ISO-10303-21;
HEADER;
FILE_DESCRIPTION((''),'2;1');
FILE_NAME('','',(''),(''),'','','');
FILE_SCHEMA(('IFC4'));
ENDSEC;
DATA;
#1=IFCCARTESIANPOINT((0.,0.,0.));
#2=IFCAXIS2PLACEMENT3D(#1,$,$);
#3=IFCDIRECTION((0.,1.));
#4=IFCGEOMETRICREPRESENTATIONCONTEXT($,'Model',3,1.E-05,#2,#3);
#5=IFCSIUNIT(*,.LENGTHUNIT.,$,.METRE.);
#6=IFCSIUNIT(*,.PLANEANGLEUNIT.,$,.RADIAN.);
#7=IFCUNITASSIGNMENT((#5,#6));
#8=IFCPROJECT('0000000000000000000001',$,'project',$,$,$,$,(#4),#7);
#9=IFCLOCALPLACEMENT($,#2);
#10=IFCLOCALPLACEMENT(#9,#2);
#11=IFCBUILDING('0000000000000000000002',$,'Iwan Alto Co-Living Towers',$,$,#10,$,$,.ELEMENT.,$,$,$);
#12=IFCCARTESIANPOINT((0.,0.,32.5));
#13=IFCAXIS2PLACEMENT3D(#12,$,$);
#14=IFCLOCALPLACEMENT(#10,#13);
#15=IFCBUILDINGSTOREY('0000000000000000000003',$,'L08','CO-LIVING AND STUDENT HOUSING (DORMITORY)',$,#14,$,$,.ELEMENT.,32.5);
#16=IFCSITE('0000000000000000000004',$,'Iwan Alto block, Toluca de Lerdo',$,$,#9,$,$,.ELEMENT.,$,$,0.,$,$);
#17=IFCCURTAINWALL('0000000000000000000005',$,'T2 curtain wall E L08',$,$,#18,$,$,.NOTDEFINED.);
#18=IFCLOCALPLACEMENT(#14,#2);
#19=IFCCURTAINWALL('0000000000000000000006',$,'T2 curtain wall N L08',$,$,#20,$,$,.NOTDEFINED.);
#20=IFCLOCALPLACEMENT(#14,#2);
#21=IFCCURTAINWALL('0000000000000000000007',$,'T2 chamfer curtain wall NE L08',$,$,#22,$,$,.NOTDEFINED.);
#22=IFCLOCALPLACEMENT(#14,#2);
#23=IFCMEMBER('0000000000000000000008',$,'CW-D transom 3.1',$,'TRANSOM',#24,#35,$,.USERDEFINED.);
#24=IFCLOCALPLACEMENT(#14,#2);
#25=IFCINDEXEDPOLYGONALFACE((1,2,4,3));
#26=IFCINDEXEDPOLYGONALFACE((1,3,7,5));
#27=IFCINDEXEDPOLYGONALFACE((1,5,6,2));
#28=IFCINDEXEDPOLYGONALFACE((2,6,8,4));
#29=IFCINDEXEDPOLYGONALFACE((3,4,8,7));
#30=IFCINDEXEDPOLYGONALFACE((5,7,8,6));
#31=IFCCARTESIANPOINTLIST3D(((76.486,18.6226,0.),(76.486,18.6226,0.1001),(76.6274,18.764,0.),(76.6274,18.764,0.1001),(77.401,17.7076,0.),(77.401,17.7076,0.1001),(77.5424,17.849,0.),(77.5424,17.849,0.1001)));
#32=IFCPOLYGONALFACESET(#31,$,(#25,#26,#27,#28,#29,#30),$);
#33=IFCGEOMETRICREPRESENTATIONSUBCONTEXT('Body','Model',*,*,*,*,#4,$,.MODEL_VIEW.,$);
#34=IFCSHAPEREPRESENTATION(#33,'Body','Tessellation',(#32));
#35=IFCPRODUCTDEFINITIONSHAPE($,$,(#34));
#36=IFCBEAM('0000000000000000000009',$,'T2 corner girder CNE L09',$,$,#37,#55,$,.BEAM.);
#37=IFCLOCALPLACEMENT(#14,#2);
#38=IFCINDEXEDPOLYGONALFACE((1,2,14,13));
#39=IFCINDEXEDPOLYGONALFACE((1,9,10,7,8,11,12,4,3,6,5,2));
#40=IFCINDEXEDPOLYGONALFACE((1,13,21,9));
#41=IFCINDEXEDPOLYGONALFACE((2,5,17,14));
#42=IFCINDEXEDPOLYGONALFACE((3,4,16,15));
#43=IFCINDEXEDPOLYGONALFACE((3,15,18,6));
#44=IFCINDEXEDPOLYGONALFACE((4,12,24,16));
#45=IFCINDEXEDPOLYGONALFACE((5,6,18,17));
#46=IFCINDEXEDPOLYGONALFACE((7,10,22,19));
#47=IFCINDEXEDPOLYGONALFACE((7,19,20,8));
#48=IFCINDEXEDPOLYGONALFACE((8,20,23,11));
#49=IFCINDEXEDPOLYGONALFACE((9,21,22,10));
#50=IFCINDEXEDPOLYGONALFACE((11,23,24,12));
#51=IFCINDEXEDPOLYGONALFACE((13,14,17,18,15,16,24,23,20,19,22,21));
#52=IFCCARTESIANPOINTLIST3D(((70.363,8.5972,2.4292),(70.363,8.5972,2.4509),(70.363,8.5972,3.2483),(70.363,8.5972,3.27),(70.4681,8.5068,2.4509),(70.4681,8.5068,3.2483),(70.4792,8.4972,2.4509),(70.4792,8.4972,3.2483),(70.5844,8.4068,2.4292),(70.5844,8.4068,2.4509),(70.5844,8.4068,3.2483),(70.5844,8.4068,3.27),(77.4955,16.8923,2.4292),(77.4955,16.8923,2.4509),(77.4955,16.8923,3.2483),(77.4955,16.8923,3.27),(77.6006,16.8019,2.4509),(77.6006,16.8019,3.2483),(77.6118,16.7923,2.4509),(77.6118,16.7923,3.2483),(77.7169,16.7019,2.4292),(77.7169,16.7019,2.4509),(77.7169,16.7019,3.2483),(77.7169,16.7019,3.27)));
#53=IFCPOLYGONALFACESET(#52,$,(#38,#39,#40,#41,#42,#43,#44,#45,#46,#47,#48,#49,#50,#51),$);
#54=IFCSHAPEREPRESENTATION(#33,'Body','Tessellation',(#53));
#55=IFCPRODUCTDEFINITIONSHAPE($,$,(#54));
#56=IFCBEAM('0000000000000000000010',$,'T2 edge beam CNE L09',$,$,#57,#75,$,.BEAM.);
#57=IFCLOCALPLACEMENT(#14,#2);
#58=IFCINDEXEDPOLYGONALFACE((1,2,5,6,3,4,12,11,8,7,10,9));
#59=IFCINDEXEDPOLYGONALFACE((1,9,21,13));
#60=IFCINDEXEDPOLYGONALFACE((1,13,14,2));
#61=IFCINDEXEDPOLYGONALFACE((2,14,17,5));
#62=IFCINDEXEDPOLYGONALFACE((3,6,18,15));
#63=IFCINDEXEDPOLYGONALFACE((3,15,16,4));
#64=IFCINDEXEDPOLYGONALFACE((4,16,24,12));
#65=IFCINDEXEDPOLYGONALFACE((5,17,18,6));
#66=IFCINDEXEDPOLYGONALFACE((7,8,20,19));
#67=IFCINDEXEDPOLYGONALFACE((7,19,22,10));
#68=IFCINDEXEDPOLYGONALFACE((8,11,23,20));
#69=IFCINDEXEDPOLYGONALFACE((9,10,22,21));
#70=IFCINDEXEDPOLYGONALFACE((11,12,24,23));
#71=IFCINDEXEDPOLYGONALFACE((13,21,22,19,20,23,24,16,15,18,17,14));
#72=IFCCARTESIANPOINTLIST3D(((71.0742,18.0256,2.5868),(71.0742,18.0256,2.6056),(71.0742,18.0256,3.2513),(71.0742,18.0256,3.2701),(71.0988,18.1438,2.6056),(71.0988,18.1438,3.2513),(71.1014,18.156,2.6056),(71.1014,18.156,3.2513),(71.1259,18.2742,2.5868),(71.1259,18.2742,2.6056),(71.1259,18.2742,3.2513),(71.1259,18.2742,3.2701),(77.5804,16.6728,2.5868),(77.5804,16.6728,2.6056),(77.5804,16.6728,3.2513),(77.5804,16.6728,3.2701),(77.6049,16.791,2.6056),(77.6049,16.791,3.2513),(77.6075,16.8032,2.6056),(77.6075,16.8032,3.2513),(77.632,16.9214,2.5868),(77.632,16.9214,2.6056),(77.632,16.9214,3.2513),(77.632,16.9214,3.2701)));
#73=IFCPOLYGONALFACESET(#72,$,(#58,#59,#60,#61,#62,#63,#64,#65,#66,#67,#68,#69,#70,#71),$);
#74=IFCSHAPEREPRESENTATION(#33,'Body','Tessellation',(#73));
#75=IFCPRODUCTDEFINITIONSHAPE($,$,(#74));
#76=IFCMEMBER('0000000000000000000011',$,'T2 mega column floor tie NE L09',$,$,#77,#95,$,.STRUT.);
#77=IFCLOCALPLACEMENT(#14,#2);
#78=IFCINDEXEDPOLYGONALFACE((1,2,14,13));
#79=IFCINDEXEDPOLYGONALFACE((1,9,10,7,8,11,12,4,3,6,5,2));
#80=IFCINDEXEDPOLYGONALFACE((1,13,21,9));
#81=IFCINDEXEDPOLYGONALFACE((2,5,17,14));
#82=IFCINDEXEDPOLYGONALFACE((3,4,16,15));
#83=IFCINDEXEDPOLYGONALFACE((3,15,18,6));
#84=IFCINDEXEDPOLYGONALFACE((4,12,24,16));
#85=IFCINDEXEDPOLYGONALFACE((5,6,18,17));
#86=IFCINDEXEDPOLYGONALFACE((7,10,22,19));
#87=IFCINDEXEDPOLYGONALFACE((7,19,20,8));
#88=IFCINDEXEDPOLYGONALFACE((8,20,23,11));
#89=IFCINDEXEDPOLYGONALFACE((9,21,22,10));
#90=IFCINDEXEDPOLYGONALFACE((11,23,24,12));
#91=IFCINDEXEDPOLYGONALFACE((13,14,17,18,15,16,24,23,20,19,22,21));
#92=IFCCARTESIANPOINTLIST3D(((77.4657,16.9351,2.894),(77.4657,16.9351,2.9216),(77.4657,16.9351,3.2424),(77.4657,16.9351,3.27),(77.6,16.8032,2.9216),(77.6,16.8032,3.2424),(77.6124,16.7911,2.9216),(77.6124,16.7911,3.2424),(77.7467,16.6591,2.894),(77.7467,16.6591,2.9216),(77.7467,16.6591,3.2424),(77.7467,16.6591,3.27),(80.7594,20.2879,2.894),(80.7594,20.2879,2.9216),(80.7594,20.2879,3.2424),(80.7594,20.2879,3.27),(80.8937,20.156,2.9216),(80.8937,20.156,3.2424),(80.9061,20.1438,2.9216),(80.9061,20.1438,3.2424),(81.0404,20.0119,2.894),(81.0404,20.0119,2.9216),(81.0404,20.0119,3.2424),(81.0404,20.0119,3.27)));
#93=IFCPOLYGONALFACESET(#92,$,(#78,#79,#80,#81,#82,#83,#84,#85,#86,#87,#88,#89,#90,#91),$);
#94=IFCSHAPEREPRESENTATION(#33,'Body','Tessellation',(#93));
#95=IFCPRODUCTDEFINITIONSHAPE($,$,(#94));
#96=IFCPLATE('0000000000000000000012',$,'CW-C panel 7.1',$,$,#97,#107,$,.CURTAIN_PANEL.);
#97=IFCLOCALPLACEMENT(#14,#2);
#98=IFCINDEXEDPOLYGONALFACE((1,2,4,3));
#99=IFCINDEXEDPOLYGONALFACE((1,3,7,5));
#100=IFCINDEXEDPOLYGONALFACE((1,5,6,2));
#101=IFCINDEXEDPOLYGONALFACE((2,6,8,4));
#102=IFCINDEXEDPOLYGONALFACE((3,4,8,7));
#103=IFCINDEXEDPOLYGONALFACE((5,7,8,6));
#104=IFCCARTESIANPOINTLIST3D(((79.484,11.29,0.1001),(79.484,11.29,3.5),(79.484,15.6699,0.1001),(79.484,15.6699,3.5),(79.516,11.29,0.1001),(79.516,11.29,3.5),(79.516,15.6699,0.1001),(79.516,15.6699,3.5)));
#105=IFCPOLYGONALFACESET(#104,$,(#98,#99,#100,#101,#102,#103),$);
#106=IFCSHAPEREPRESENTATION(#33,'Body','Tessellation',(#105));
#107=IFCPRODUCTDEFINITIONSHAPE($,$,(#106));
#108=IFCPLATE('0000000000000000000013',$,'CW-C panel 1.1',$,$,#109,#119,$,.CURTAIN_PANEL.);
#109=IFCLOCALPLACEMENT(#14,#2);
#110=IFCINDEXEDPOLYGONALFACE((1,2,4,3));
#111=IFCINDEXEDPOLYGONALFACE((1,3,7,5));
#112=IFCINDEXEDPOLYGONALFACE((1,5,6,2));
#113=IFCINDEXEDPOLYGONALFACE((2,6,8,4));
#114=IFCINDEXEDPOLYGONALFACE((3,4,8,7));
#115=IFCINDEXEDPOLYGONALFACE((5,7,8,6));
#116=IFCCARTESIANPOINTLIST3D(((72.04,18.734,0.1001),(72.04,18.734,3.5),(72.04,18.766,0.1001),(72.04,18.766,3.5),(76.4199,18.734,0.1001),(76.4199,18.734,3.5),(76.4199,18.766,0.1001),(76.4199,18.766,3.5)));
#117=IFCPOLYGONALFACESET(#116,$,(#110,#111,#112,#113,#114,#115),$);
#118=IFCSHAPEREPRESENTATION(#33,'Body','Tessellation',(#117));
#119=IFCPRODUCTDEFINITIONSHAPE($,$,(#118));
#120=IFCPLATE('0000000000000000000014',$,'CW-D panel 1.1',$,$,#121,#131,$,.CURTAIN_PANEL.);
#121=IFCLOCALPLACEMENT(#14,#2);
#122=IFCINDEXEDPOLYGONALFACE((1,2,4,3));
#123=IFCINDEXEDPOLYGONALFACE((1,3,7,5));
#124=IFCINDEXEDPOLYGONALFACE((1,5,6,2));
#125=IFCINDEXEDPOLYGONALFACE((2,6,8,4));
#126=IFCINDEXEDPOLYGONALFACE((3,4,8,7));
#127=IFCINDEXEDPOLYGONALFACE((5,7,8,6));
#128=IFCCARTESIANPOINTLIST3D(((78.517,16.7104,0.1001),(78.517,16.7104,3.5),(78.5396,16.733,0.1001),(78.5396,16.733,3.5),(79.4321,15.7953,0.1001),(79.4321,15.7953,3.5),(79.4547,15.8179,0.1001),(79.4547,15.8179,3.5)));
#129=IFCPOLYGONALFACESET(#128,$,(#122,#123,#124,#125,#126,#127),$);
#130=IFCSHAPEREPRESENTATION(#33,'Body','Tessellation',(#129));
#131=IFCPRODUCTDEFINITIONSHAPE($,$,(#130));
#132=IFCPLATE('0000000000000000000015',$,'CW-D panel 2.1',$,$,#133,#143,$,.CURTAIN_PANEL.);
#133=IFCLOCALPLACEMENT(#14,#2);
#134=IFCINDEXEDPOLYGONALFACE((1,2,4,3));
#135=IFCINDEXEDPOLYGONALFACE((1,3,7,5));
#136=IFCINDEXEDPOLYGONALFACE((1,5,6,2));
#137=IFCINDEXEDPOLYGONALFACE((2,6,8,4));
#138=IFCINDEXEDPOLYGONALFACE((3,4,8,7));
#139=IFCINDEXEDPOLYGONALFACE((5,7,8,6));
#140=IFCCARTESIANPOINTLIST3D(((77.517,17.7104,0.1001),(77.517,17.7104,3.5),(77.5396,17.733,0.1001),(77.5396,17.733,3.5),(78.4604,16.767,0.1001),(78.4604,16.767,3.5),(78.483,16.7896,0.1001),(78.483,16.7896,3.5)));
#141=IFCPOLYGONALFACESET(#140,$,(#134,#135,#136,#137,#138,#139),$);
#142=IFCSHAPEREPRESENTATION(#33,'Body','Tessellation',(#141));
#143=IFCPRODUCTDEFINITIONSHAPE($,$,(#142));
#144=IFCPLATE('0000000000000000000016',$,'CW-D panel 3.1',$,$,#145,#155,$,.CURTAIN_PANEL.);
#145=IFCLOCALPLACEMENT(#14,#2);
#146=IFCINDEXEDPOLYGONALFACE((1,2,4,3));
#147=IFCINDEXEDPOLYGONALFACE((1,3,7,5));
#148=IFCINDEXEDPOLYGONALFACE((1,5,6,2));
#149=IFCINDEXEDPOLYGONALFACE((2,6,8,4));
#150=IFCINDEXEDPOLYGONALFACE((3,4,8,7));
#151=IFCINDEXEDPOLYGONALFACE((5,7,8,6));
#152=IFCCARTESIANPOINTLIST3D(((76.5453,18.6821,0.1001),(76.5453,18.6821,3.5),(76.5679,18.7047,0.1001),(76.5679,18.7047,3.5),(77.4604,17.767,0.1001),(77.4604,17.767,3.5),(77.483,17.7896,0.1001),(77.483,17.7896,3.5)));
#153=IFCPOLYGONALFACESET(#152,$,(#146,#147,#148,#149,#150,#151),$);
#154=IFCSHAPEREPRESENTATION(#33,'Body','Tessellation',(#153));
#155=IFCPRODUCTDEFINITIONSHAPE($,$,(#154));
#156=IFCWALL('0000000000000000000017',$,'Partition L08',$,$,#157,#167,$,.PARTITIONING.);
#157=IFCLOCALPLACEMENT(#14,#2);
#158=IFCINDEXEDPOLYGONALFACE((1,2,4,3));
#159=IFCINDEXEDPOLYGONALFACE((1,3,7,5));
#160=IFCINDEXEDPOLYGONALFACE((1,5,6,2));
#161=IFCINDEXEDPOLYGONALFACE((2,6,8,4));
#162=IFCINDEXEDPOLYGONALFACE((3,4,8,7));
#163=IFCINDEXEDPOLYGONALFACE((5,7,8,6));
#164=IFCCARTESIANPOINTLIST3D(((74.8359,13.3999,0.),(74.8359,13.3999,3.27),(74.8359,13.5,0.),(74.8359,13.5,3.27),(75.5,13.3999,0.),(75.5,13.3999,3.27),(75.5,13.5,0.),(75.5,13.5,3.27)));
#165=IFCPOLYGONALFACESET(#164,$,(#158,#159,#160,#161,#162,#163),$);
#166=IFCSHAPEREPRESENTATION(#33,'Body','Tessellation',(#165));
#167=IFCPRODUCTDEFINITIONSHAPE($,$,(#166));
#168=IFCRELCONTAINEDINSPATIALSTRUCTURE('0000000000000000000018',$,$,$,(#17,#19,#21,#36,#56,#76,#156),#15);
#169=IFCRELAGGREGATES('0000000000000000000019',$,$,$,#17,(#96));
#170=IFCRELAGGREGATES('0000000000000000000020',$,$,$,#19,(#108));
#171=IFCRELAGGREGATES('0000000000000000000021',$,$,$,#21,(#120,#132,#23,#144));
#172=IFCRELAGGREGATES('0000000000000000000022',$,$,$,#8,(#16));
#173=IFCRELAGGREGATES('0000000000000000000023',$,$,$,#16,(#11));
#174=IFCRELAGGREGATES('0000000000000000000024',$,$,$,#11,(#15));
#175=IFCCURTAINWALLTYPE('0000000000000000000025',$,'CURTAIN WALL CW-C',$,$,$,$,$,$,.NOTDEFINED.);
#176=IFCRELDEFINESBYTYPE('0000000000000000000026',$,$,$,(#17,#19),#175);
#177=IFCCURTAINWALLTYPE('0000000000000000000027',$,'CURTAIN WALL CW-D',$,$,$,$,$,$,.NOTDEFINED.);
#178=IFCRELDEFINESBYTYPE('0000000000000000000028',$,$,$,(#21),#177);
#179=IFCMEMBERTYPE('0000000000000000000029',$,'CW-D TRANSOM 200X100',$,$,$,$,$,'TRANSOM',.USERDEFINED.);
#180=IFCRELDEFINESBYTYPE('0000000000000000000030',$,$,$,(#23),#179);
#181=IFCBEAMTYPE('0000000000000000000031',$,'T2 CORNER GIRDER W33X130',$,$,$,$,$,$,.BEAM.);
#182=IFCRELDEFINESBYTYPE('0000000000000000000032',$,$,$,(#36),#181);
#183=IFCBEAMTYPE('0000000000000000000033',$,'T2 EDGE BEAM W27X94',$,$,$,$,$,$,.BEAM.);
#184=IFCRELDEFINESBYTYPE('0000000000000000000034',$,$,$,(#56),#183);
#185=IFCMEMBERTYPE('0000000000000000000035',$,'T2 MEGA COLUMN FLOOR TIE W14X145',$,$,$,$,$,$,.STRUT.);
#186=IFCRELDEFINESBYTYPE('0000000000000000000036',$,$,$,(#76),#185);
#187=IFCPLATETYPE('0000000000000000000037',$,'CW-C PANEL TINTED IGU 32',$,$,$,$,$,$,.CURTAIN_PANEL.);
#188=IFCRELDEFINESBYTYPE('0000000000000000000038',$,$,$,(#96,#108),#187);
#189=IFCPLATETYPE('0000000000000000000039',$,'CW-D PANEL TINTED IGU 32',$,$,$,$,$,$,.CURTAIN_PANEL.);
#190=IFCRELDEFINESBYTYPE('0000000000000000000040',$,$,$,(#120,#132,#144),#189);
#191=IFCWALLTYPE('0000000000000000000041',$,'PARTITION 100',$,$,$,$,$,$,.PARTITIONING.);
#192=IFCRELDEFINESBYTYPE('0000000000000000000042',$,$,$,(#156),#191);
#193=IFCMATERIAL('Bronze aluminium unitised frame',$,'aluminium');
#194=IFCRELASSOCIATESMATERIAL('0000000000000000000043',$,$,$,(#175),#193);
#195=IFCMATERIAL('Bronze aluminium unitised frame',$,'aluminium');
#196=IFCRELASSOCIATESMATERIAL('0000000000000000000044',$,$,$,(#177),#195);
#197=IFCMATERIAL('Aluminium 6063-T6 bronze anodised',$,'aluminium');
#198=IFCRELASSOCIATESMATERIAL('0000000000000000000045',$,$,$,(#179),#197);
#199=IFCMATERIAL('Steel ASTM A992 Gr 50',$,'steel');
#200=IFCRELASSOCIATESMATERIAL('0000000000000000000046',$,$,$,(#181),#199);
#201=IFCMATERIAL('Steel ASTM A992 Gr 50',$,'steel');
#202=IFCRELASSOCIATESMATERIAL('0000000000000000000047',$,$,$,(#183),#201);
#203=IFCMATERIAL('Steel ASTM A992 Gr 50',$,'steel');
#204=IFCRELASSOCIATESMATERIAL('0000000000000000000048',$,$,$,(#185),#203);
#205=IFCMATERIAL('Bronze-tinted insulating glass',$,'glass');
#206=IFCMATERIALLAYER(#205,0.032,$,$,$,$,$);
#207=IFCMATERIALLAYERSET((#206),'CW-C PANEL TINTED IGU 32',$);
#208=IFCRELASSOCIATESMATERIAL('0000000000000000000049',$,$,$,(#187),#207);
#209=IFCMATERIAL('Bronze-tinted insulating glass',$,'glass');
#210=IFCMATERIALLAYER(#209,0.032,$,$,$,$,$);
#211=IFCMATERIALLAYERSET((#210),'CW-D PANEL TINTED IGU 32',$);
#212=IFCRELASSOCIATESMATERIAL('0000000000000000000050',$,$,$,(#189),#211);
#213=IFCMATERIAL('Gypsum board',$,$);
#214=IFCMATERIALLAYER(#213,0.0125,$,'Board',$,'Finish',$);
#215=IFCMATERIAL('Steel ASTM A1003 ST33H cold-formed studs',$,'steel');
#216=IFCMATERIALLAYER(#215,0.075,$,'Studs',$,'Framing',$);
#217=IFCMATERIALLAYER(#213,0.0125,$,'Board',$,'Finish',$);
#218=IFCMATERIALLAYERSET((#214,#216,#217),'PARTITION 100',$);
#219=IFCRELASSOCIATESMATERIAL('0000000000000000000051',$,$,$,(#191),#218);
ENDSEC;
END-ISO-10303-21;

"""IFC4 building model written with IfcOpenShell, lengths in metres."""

from ifc_helpers import new_model, si_unit, direction, frame, frame_2d, origin, origin_2d, place, context, subcontext, project, spatial, rectangle, i_section, extrude, material, layer, layer_set, material_profile, profile_set, type_object, element, aggregate, save


model = new_model("IFC4")

# Units and contexts
model_context = context("Model", 3, precision=1e-05, world=origin(), true_north=direction((0.0, 1.0)))
body_context = subcontext(model_context, "Body", "Model", "MODEL_VIEW")
ifc_project = project(units=[si_unit("LENGTHUNIT", "METRE"), si_unit("PLANEANGLEUNIT", "RADIAN")], contexts=[model_context])

# Site, building, storey
site_placement = place(None, origin())
site = spatial("IfcSite", under=ifc_project, at=site_placement, Name="Iwan Alto block, Toluca de Lerdo", CompositionType="ELEMENT", RefElevation=0.0)
building_placement = place(site_placement, origin())
building = spatial("IfcBuilding", under=site, at=building_placement, Name="Iwan Alto Co-Living Towers", CompositionType="ELEMENT")
storey_placement = place(building_placement, frame((0.0, 0.0, 32.5)))
storey = spatial("IfcBuildingStorey", under=building, at=storey_placement, Name="L08", Description="CO-LIVING AND STUDENT HOUSING (DORMITORY)", CompositionType="ELEMENT", Elevation=32.5)

# Curtain wall
ifc_material_1 = material(Name="Bronze aluminium unitised frame", Category="aluminium")
curtain_wall_type_1 = type_object("IfcCurtainWallType", Name="CURTAIN WALL CW-C", PredefinedType="NOTDEFINED", material=ifc_material_1)
curtain_wall_1_placement = place(storey_placement, origin())
curtain_wall_1 = element("IfcCurtainWall", 1, at=curtain_wall_1_placement, inside=storey, type_object=curtain_wall_type_1, Name="T2 curtain wall E L08", PredefinedType="NOTDEFINED")

# Curtain walls, member
curtain_wall_2_placement = place(storey_placement, origin())
curtain_wall_2 = element("IfcCurtainWall", 2, at=curtain_wall_2_placement, inside=storey, type_object=curtain_wall_type_1, Name="T2 curtain wall N L08", PredefinedType="NOTDEFINED")
ifc_material_2 = material(Name="Bronze aluminium unitised frame", Category="aluminium")
curtain_wall_type_2 = type_object("IfcCurtainWallType", Name="CURTAIN WALL CW-D", PredefinedType="NOTDEFINED", material=ifc_material_2)
curtain_wall_3_placement = place(storey_placement, origin())
curtain_wall_3 = element("IfcCurtainWall", 3, at=curtain_wall_3_placement, inside=storey, type_object=curtain_wall_type_2, Name="T2 chamfer curtain wall NE L08", PredefinedType="NOTDEFINED")
ifc_material_3 = material(Name="Aluminium 6063-T6 bronze anodised", Category="aluminium")
ifc_material_profile_1 = material_profile(ifc_material_3, rectangle(XDim=0.2, YDim=0.1001, at=origin_2d()), Name="AL 200X100")
ifc_profile_set_1 = profile_set([ifc_material_profile_1], Name="Aluminium 6063-T6 bronze anodised")
member_type_1 = type_object("IfcMemberType", Name="CW-D TRANSOM 200X100", ElementType="TRANSOM", PredefinedType="USERDEFINED", material=ifc_profile_set_1)
member_1_placement = place(storey_placement, frame((77.4717, 17.7783, 0.05), z_axis=(-0.707107, 0.707107, 0.0), x_axis=(-0.707107, -0.707107, 0.0)))
member_1 = element("IfcMember", 4, at=member_1_placement, type_object=member_type_1, Name="CW-D transom 3.1", ObjectType="TRANSOM", PredefinedType="USERDEFINED", context=body_context, shape_type="SweptSolid", body=[
    extrude(rectangle(XDim=0.2, YDim=0.1001, at=origin_2d()), origin(), (0.0, 0.0, 1.0), 1.2939),
])

# Beams
ifc_material_4 = material(Name="Steel ASTM A992 Gr 50", Category="steel")
ifc_material_profile_2 = material_profile(ifc_material_4, i_section(OverallWidth=0.292, OverallDepth=0.8408, WebThickness=0.0146, FlangeThickness=0.0217, at=origin_2d()), Name="W33X130")
ifc_profile_set_2 = profile_set([ifc_material_profile_2], Name="Steel ASTM A992 Gr 50")
beam_type_1 = type_object("IfcBeamType", Name="T2 CORNER GIRDER W33X130", PredefinedType="BEAM", material=ifc_profile_set_2)
beam_1_placement = place(storey_placement, frame((77.6062, 16.7971, 2.8496), z_axis=(-0.651972, -0.758243, 0.0), x_axis=(0.758243, -0.651972, 0.0)))
element("IfcBeam", 5, at=beam_1_placement, inside=storey, type_object=beam_type_1, Name="T2 corner girder CNE L09", PredefinedType="BEAM", context=body_context, shape_type="SweptSolid", body=[
    extrude(i_section(OverallWidth=0.292, OverallDepth=0.8408, WebThickness=0.0146, FlangeThickness=0.0217, at=origin_2d()), origin(), (0.0, 0.0, 1.0), 10.9399),
])
ifc_material_5 = material(Name="Steel ASTM A992 Gr 50", Category="steel")
ifc_material_profile_3 = material_profile(ifc_material_5, i_section(OverallWidth=0.2539, OverallDepth=0.6833, WebThickness=0.0125, FlangeThickness=0.0188, at=origin_2d()), Name="W27X94")
ifc_profile_set_3 = profile_set([ifc_material_profile_3], Name="Steel ASTM A992 Gr 50")
beam_type_2 = type_object("IfcBeamType", Name="T2 EDGE BEAM W27X94", PredefinedType="BEAM", material=ifc_profile_set_3)
beam_2_placement = place(storey_placement, frame((77.6062, 16.7971, 2.9285), z_axis=(-0.97906, 0.203571, 0.0), x_axis=(-0.203571, -0.97906, 0.0)))
element("IfcBeam", 6, at=beam_2_placement, inside=storey, type_object=beam_type_2, Name="T2 edge beam CNE L09", PredefinedType="BEAM", context=body_context, shape_type="SweptSolid", body=[
    extrude(i_section(OverallWidth=0.2539, OverallDepth=0.6833, WebThickness=0.0125, FlangeThickness=0.0188, at=origin_2d()), origin(), (0.0, 0.0, 1.0), 6.6453),
])

# Member
ifc_material_6 = material(Name="Steel ASTM A992 Gr 50", Category="steel")
ifc_material_profile_4 = material_profile(ifc_material_6, i_section(OverallWidth=0.3938, OverallDepth=0.376, WebThickness=0.0173, FlangeThickness=0.0276, at=origin_2d()), Name="W14X145")
ifc_profile_set_4 = profile_set([ifc_material_profile_4], Name="Steel ASTM A992 Gr 50")
member_type_2 = type_object("IfcMemberType", Name="T2 MEGA COLUMN FLOOR TIE W14X145", PredefinedType="STRUT", material=ifc_profile_set_4)
member_2_placement = place(storey_placement, frame((80.8999, 20.1499, 3.082), z_axis=(-0.700793, -0.713364, 0.0), x_axis=(0.713364, -0.700793, 0.0)))
element("IfcMember", 7, at=member_2_placement, inside=storey, type_object=member_type_2, Name="T2 mega column floor tie NE L09", PredefinedType="STRUT", context=body_context, shape_type="SweptSolid", body=[
    extrude(i_section(OverallWidth=0.3938, OverallDepth=0.376, WebThickness=0.0173, FlangeThickness=0.0276, at=origin_2d()), origin(), (0.0, 0.0, 1.0), 4.7),
])

# Plates
ifc_material_7 = material(Name="Bronze-tinted insulating glass", Category="glass")
ifc_layer_1 = layer(ifc_material_7, 0.032)
ifc_layer_set_1 = layer_set([ifc_layer_1], Name="CW-C PANEL TINTED IGU 32")
plate_type_1 = type_object("IfcPlateType", Name="CW-C PANEL TINTED IGU 32", PredefinedType="CURTAIN_PANEL", material=ifc_layer_set_1)
plate_1_placement = place(storey_placement, frame((79.5, 13.48, 0.1001), z_axis=(0.0, 0.0, 1.0), x_axis=(0.0, 1.0, 0.0)))
plate_1 = element("IfcPlate", 8, at=plate_1_placement, type_object=plate_type_1, Name="CW-C panel 7.1", PredefinedType="CURTAIN_PANEL", context=body_context, shape_type="SweptSolid", body=[
    extrude(rectangle(XDim=4.3799, YDim=0.032, at=origin_2d()), origin(), (0.0, 0.0, 1.0), 3.3999),
])
aggregate(curtain_wall_1, [plate_1])
plate_2_placement = place(storey_placement, frame((74.23, 18.75, 0.1001), z_axis=(0.0, 0.0, 1.0), x_axis=(-1.0, 0.0, 0.0)))
plate_2 = element("IfcPlate", 9, at=plate_2_placement, type_object=plate_type_1, Name="CW-C panel 1.1", PredefinedType="CURTAIN_PANEL", context=body_context, shape_type="SweptSolid", body=[
    extrude(rectangle(XDim=4.3799, YDim=0.032, at=origin_2d()), origin(), (0.0, 0.0, 1.0), 3.3999),
])
aggregate(curtain_wall_2, [plate_2])
ifc_material_8 = material(Name="Bronze-tinted insulating glass", Category="glass")
ifc_layer_2 = layer(ifc_material_8, 0.032)
ifc_layer_set_2 = layer_set([ifc_layer_2], Name="CW-D PANEL TINTED IGU 32")
plate_type_2 = type_object("IfcPlateType", Name="CW-D PANEL TINTED IGU 32", PredefinedType="CURTAIN_PANEL", material=ifc_layer_set_2)
plate_3_placement = place(storey_placement, frame((78.9858, 16.2642, 0.1001), z_axis=(0.0, 0.0, 1.0), x_axis=(-0.707107, 0.707107, 0.0)))
plate_3 = element("IfcPlate", 10, at=plate_3_placement, type_object=plate_type_2, Name="CW-D panel 1.1", PredefinedType="CURTAIN_PANEL", context=body_context, shape_type="SweptSolid", body=[
    extrude(rectangle(XDim=1.2942, YDim=0.032, at=origin_2d()), origin(), (0.0, 0.0, 1.0), 3.3999),
])
plate_4_placement = place(storey_placement, frame((78.0, 17.25, 0.1001), z_axis=(0.0, 0.0, 1.0), x_axis=(-0.707107, 0.707107, 0.0)))
plate_4 = element("IfcPlate", 11, at=plate_4_placement, type_object=plate_type_2, Name="CW-D panel 2.1", PredefinedType="CURTAIN_PANEL", context=body_context, shape_type="SweptSolid", body=[
    extrude(rectangle(XDim=1.3342, YDim=0.032, at=origin_2d()), origin(), (0.0, 0.0, 1.0), 3.3999),
])
plate_5_placement = place(storey_placement, frame((77.0142, 18.2358, 0.1001), z_axis=(0.0, 0.0, 1.0), x_axis=(-0.707107, 0.707107, 0.0)))
plate_5 = element("IfcPlate", 12, at=plate_5_placement, type_object=plate_type_2, Name="CW-D panel 3.1", PredefinedType="CURTAIN_PANEL", context=body_context, shape_type="SweptSolid", body=[
    extrude(rectangle(XDim=1.2942, YDim=0.032, at=origin_2d()), origin(), (0.0, 0.0, 1.0), 3.3999),
])
aggregate(curtain_wall_3, [plate_3, plate_4, member_1, plate_5])

# Wall
ifc_material_9 = material(Name="Gypsum board")
ifc_layer_3 = layer(ifc_material_9, 0.0125, Name="Board", Category="Finish")
ifc_material_10 = material(Name="Steel ASTM A1003 ST33H cold-formed studs", Category="steel")
ifc_layer_4 = layer(ifc_material_10, 0.075, Name="Studs", Category="Framing")
ifc_layer_5 = layer(ifc_material_9, 0.0125, Name="Board", Category="Finish")
ifc_layer_set_3 = layer_set([ifc_layer_3, ifc_layer_4, ifc_layer_5], Name="PARTITION 100")
wall_type = type_object("IfcWallType", Name="PARTITION 100", PredefinedType="PARTITIONING", material=ifc_layer_set_3)
wall_placement = place(storey_placement, frame((74.8359, 13.45, 0.0), z_axis=(0.0, 0.0, 1.0), x_axis=(1.0, 0.0, 0.0)))
element("IfcWall", 13, at=wall_placement, inside=storey, type_object=wall_type, Name="Partition L08", PredefinedType="PARTITIONING", context=body_context, shape_type="SweptSolid", body=[
    extrude(rectangle(XDim=0.6641, YDim=0.1001, at=frame_2d((0.332, 0.0))), origin(), (0.0, 0.0, 1.0), 3.27),
])

save(model, "model.ifc")
